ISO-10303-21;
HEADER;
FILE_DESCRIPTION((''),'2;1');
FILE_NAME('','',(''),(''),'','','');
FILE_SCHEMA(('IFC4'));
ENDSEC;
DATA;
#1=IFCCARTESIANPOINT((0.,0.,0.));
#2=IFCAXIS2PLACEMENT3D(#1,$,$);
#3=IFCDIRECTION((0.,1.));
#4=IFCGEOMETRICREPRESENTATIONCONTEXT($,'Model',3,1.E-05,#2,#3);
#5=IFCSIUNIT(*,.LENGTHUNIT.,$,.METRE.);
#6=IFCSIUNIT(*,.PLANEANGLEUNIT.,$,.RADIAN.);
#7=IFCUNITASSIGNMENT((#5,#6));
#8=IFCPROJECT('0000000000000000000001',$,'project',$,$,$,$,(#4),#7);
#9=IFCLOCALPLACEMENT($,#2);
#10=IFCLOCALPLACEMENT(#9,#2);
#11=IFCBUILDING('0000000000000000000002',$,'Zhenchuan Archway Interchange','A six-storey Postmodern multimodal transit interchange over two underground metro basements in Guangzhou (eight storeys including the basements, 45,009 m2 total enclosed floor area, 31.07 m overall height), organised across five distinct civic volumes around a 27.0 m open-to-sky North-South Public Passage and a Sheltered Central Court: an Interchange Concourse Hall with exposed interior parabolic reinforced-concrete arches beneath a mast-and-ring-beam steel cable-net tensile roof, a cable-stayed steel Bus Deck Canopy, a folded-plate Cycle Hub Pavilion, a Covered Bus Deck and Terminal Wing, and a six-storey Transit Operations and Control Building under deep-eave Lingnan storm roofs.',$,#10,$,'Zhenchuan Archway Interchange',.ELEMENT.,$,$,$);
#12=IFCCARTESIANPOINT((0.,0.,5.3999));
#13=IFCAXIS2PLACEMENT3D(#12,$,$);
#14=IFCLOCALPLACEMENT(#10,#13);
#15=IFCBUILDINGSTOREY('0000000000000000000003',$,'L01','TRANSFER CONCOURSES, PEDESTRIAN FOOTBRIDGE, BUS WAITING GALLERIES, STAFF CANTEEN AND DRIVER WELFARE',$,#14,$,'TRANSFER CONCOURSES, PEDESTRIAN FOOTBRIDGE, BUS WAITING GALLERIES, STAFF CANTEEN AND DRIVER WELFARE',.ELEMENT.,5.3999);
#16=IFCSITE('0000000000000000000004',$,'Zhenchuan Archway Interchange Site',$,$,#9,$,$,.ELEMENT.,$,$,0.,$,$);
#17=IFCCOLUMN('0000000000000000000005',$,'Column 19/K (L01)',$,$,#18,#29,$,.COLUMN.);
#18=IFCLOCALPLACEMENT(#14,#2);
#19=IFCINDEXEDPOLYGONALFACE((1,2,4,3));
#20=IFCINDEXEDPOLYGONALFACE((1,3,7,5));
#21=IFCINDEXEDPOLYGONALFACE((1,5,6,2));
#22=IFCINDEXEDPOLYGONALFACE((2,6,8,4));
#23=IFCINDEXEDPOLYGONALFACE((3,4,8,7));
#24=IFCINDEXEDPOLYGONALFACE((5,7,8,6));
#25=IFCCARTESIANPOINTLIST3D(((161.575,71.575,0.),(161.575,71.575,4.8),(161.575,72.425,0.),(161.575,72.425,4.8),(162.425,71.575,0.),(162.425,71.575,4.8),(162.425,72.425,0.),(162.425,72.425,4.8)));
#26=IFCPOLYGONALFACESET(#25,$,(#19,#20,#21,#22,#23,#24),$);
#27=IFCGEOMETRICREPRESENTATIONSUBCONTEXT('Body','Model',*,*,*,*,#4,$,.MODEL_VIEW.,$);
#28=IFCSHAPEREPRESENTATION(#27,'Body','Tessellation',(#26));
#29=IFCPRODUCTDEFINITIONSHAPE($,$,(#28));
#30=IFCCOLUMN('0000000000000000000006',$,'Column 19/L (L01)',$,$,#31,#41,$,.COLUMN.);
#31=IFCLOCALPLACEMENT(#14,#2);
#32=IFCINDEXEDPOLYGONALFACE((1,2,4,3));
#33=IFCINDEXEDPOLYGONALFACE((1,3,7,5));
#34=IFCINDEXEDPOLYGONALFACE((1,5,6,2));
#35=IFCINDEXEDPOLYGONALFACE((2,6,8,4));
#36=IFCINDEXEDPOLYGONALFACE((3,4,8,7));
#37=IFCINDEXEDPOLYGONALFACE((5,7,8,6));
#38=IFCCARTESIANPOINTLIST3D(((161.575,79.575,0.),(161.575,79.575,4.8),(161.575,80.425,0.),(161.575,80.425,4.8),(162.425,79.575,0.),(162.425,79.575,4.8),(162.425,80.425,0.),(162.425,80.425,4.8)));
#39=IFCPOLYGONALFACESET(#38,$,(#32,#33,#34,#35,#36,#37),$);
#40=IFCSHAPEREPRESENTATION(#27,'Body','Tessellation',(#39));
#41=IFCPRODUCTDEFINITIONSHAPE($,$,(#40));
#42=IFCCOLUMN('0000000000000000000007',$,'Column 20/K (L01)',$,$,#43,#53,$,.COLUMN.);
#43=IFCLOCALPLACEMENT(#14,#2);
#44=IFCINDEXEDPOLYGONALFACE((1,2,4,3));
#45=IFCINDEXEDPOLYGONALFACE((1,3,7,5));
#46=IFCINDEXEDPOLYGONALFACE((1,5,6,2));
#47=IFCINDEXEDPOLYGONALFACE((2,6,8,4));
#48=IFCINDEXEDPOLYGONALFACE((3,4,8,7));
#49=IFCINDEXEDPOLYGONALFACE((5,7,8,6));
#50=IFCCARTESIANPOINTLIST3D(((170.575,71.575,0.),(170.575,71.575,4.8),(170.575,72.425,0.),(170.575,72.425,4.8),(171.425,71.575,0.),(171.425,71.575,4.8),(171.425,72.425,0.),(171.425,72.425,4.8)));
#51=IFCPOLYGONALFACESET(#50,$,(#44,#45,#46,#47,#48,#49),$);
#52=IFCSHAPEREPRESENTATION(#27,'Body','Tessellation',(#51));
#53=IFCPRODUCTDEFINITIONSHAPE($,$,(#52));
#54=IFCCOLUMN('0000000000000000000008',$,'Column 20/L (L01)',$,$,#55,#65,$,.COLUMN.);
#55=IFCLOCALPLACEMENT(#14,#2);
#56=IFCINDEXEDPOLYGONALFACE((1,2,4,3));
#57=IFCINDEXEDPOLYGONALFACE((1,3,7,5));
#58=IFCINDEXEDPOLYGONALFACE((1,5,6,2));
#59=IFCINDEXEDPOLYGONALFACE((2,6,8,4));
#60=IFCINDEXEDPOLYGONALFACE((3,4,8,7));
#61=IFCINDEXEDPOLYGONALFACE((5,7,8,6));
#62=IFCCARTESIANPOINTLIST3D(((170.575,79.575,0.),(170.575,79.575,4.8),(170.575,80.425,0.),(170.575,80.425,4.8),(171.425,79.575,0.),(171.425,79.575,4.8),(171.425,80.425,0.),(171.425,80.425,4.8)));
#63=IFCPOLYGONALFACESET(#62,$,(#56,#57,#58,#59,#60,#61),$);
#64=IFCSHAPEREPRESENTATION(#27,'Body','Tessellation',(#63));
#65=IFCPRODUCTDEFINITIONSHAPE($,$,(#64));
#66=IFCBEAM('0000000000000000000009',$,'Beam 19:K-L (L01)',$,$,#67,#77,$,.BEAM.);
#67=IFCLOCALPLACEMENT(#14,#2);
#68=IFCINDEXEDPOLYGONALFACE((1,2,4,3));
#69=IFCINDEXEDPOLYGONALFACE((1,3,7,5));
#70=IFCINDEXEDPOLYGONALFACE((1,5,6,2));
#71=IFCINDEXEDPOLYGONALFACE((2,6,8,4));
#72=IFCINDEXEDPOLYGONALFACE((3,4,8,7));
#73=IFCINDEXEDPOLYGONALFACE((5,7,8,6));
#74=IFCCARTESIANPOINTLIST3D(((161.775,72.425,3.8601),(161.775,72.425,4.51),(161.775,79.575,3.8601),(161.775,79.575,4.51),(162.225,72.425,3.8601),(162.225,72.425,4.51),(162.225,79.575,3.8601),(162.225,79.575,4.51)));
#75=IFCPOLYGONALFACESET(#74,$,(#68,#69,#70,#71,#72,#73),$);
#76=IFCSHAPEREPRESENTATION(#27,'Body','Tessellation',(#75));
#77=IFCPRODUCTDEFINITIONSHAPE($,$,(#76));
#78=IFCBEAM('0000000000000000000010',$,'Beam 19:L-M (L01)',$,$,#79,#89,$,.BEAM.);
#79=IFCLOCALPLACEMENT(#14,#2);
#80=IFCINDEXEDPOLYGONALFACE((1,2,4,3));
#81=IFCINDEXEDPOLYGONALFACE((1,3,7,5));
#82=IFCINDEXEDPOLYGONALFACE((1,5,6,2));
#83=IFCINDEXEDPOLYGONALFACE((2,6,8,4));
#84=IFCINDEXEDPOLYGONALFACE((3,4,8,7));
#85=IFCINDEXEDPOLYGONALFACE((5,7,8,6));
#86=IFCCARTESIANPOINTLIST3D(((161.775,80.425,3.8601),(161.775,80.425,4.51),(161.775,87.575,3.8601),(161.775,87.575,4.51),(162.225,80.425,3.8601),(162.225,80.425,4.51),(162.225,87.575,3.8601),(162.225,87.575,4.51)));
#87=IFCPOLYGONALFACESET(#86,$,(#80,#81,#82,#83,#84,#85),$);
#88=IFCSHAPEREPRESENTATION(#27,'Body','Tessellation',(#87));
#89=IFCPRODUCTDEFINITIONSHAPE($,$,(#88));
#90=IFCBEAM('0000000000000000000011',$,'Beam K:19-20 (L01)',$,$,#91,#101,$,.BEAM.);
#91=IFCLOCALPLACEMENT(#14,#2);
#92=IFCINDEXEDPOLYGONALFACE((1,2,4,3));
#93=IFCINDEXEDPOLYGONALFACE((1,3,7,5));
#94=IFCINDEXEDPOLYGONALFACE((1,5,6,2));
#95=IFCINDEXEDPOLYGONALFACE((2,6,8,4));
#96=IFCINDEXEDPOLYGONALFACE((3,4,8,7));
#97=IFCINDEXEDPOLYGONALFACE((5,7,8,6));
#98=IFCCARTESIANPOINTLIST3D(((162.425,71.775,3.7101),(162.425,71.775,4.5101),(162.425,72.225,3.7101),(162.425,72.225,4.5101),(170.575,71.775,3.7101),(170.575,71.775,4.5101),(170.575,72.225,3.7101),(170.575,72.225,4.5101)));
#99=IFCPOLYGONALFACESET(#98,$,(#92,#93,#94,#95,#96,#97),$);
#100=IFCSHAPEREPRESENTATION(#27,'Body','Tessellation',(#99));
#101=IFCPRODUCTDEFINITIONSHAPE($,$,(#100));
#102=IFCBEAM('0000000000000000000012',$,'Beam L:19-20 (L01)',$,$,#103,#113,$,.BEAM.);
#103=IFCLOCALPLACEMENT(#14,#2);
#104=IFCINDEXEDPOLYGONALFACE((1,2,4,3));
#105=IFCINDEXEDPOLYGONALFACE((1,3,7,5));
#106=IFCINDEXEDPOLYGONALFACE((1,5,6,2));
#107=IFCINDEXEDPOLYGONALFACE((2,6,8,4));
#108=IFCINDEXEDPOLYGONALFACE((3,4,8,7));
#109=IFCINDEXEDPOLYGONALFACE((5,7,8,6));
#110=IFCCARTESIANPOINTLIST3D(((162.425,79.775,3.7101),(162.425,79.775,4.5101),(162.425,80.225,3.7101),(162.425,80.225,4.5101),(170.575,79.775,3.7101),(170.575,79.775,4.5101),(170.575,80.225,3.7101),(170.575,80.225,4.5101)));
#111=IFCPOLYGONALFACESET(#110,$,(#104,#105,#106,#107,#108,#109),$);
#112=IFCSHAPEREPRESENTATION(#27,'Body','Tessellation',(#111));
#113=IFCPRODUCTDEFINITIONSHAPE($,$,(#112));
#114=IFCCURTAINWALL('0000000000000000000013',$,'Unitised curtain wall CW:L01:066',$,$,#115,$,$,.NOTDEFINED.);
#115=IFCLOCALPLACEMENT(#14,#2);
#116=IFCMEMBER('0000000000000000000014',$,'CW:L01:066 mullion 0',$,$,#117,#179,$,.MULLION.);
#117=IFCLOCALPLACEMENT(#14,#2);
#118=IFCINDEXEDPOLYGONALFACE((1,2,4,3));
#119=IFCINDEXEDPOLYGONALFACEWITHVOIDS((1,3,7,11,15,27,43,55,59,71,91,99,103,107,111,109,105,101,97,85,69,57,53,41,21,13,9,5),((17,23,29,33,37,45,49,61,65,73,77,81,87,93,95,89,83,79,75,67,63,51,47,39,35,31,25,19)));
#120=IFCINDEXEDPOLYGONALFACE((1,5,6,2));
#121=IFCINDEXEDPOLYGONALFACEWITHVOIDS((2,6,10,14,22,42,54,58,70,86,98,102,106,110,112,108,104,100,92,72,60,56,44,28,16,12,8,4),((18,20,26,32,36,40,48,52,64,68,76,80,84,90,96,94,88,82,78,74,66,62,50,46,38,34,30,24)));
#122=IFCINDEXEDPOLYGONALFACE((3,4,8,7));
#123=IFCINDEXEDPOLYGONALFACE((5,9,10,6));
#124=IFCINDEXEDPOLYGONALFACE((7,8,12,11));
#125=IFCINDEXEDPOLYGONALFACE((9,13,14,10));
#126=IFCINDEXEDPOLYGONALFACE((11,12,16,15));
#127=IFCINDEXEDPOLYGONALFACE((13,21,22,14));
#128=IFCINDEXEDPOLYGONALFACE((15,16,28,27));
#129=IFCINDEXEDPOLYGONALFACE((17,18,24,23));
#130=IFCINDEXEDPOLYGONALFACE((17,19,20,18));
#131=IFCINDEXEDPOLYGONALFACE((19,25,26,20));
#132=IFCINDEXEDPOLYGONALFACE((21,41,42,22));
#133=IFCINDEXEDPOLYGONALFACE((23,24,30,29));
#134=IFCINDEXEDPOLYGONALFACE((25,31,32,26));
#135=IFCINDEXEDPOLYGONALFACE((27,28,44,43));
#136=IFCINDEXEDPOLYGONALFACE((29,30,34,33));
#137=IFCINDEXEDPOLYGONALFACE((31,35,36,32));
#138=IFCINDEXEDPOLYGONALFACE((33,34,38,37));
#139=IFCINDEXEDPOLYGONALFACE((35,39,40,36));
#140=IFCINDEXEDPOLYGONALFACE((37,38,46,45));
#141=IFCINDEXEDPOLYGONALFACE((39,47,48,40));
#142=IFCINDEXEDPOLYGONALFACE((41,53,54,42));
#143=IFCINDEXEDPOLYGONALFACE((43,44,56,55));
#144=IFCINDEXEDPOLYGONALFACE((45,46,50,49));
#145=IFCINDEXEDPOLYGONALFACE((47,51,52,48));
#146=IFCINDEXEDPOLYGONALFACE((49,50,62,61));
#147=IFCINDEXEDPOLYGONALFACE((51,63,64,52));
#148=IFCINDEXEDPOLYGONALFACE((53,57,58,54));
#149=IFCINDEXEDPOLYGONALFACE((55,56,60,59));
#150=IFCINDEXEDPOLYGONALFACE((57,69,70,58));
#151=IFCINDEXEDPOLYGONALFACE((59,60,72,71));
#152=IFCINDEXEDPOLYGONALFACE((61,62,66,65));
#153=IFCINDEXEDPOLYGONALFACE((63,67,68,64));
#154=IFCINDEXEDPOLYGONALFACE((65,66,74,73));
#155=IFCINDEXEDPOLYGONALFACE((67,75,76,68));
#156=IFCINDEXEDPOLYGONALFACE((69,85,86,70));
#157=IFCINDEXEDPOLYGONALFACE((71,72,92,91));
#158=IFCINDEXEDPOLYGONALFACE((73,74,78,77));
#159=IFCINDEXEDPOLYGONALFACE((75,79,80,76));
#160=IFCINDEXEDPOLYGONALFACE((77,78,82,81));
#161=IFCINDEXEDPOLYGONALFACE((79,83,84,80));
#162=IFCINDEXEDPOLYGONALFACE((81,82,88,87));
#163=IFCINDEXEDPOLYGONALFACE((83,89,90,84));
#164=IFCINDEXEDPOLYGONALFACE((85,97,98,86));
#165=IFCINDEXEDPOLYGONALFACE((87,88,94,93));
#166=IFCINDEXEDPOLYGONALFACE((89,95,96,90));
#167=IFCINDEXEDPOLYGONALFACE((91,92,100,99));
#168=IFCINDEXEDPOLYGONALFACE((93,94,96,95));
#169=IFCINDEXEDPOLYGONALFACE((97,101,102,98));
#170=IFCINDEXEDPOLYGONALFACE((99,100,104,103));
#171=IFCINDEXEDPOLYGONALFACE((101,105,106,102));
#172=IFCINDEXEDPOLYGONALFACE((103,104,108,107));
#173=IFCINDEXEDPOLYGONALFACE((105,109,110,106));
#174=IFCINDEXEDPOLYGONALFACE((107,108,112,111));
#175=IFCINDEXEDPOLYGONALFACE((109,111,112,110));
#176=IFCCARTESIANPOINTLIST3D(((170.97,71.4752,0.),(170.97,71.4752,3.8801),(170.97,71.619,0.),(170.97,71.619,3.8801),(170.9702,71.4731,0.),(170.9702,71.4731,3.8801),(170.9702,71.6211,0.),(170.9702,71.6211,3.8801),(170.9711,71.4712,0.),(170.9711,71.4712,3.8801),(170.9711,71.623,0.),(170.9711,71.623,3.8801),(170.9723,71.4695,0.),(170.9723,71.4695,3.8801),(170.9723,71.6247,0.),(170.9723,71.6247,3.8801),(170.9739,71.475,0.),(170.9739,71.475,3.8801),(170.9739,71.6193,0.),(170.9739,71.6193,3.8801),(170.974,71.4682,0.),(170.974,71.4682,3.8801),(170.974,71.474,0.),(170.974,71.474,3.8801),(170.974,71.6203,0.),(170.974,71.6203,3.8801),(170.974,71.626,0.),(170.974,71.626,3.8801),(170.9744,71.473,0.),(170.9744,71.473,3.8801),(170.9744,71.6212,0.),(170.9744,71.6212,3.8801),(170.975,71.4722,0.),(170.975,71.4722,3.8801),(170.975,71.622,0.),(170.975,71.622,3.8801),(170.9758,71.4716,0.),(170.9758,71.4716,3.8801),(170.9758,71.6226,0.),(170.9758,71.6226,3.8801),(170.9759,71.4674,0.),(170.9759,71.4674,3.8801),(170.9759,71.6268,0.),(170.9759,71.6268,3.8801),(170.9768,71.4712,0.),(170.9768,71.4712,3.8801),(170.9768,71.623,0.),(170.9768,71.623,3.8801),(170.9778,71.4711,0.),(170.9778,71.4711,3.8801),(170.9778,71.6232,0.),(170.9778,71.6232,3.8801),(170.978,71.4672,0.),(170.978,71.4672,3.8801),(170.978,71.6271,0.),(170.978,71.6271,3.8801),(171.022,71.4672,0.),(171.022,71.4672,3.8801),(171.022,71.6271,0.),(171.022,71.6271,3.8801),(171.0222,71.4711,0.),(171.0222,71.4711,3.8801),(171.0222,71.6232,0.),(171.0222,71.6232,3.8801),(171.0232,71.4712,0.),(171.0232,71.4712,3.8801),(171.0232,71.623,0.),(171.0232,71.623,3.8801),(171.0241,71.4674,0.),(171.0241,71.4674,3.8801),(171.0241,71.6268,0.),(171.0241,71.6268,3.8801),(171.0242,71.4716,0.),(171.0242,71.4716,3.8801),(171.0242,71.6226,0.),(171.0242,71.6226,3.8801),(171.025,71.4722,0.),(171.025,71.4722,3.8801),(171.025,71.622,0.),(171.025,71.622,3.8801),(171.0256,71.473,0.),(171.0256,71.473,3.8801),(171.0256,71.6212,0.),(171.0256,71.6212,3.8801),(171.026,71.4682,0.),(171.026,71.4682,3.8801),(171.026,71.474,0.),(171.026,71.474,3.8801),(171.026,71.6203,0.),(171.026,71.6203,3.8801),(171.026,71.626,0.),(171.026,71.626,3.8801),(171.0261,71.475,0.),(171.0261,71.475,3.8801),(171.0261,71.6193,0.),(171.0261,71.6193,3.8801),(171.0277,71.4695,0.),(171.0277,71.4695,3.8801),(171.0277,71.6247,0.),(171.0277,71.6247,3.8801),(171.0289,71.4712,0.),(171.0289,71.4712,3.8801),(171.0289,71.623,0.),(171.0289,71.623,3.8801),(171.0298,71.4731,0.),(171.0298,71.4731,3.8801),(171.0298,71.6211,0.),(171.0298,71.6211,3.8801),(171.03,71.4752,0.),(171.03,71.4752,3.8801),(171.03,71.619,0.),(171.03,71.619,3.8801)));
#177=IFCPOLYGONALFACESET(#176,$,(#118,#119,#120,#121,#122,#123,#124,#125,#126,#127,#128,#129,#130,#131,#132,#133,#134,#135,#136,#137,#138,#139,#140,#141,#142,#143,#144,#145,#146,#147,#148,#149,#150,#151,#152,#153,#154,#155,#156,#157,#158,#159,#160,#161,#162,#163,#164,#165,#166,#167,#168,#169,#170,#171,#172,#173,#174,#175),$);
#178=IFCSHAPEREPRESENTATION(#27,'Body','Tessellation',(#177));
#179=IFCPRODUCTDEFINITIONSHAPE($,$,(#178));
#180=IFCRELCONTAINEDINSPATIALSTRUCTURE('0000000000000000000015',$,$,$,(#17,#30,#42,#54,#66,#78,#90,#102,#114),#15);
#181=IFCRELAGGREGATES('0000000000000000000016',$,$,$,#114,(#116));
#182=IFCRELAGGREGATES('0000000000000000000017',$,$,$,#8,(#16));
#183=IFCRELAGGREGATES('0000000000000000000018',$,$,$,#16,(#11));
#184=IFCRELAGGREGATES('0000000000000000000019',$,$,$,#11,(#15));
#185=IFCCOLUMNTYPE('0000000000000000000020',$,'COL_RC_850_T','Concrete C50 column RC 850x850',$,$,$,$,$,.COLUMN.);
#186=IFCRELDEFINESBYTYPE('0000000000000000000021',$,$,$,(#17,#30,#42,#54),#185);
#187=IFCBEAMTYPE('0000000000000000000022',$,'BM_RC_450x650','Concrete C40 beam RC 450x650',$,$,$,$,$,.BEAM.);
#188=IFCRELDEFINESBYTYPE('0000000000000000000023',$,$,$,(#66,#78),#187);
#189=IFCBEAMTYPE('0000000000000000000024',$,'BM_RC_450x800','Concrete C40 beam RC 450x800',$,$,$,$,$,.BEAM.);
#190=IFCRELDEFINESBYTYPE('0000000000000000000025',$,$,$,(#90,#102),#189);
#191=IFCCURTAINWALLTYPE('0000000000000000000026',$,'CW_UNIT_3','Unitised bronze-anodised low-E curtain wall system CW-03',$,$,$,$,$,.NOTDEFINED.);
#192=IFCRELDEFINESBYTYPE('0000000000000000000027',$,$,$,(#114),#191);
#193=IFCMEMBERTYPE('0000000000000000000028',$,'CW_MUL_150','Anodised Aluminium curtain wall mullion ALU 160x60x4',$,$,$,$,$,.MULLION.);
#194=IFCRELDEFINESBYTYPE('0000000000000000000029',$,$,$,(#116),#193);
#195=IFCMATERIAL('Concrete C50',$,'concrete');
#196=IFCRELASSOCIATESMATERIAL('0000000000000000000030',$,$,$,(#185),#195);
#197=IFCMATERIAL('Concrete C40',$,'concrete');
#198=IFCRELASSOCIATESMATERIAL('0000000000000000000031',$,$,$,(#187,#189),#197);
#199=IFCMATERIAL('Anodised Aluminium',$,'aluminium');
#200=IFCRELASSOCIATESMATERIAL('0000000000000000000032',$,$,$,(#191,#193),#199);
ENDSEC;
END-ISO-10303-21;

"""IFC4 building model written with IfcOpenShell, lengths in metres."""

from ifc_helpers import new_model, si_unit, direction, frame, origin, origin_2d, place, context, subcontext, project, spatial, rectangle, hollow_rectangle, extrude, material, material_profile, profile_set, type_object, element, aggregate, save


model = new_model("IFC4")

# Units and contexts
model_context = context("Model", 3, precision=1e-05, world=origin(), true_north=direction((0.0, 1.0)))
body_context = subcontext(model_context, "Body", "Model", "MODEL_VIEW")
ifc_project = project(units=[si_unit("LENGTHUNIT", "METRE"), si_unit("PLANEANGLEUNIT", "RADIAN")], contexts=[model_context])

# Site, building, storey
site_placement = place(None, origin())
site = spatial("IfcSite", under=ifc_project, at=site_placement, Name="Zhenchuan Archway Interchange Site", CompositionType="ELEMENT", RefElevation=0.0)
building_placement = place(site_placement, origin())
building = spatial("IfcBuilding", under=site, at=building_placement, Name="Zhenchuan Archway Interchange", Description="A six-storey Postmodern multimodal transit interchange over two underground metro basements in Guangzhou (eight storeys including the basements, 45,009 m2 total enclosed floor area, 31.07 m overall height), organised across five distinct civic volumes around a 27.0 m open-to-sky North-South Public Passage and a Sheltered Central Court: an Interchange Concourse Hall with exposed interior parabolic reinforced-concrete arches beneath a mast-and-ring-beam steel cable-net tensile roof, a cable-stayed steel Bus Deck Canopy, a folded-plate Cycle Hub Pavilion, a Covered Bus Deck and Terminal Wing, and a six-storey Transit Operations and Control Building under deep-eave Lingnan storm roofs.", LongName="Zhenchuan Archway Interchange", CompositionType="ELEMENT")
storey_placement = place(building_placement, frame((0.0, 0.0, 5.3999)))
storey = spatial("IfcBuildingStorey", under=building, at=storey_placement, Name="L01", Description="TRANSFER CONCOURSES, PEDESTRIAN FOOTBRIDGE, BUS WAITING GALLERIES, STAFF CANTEEN AND DRIVER WELFARE", LongName="TRANSFER CONCOURSES, PEDESTRIAN FOOTBRIDGE, BUS WAITING GALLERIES, STAFF CANTEEN AND DRIVER WELFARE", CompositionType="ELEMENT", Elevation=5.3999)

# Columns
ifc_material_1 = material(Name="Concrete C50", Category="concrete")
ifc_material_profile_1 = material_profile(ifc_material_1, rectangle(XDim=0.8501, YDim=0.8501, at=origin_2d()), Name="RC 850x850")
ifc_profile_set_1 = profile_set([ifc_material_profile_1], Name="Concrete C50")
column_type = type_object("IfcColumnType", Name="COL_RC_850_T", Description="Concrete C50 column RC 850x850", PredefinedType="COLUMN", material=ifc_profile_set_1)
for number, where, z_axis, x_axis, name in (
    (1, (162.0, 72.0, 0.0), (0.0, 0.0, 1.0), (1.0, 0.0, 0.0), "Column 19/K (L01)"),
    (2, (162.0, 80.0, 0.0), (0.0, 0.0, 1.0), (1.0, 0.0, 0.0), "Column 19/L (L01)"),
    (3, (171.0, 72.0, 0.0), (0.0, 0.0, 1.0), (1.0, 0.0, 0.0), "Column 20/K (L01)"),
    (4, (171.0, 80.0, 0.0), (0.0, 0.0, 1.0), (1.0, 0.0, 0.0), "Column 20/L (L01)"),
):
    element("IfcColumn", number, at=place(storey_placement, frame(where, z_axis=z_axis, x_axis=x_axis)), inside=storey, type_object=column_type, Name=name, PredefinedType="COLUMN", context=body_context, shape_type="SweptSolid", body=[
        extrude(rectangle(XDim=0.8501, YDim=0.8501, at=origin_2d()), origin(), (0.0, 0.0, 1.0), 4.8),
    ])

# Beams
ifc_material_2 = material(Name="Concrete C40", Category="concrete")
ifc_material_profile_2 = material_profile(ifc_material_2, rectangle(XDim=0.45, YDim=0.6499, at=origin_2d()), Name="RC 450x650")
ifc_profile_set_2 = profile_set([ifc_material_profile_2], Name="Concrete C40")
beam_type_1 = type_object("IfcBeamType", Name="BM_RC_450x650", Description="Concrete C40 beam RC 450x650", PredefinedType="BEAM", material=ifc_profile_set_2)
for number, where, z_axis, x_axis, name in (
    (5, (162.0, 72.425, 4.1851), (0.0, 1.0, 0.0), (-1.0, 0.0, 0.0), "Beam 19:K-L (L01)"),
    (6, (162.0, 80.425, 4.1851), (0.0, 1.0, 0.0), (-1.0, 0.0, 0.0), "Beam 19:L-M (L01)"),
):
    element("IfcBeam", number, at=place(storey_placement, frame(where, z_axis=z_axis, x_axis=x_axis)), inside=storey, type_object=beam_type_1, Name=name, PredefinedType="BEAM", context=body_context, shape_type="SweptSolid", body=[
        extrude(rectangle(XDim=0.45, YDim=0.6499, at=origin_2d()), origin(), (0.0, 0.0, 1.0), 7.1499),
    ])
ifc_material_profile_3 = material_profile(ifc_material_2, rectangle(XDim=0.45, YDim=0.8, at=origin_2d()), Name="RC 450x800")
ifc_profile_set_3 = profile_set([ifc_material_profile_3], Name="Concrete C40")
beam_type_2 = type_object("IfcBeamType", Name="BM_RC_450x800", Description="Concrete C40 beam RC 450x800", PredefinedType="BEAM", material=ifc_profile_set_3)
for number, where, z_axis, x_axis, name in (
    (7, (162.425, 72.0, 4.1101), (1.0, 0.0, 0.0), (0.0, 1.0, 0.0), "Beam K:19-20 (L01)"),
    (8, (162.425, 80.0, 4.1101), (1.0, 0.0, 0.0), (0.0, 1.0, 0.0), "Beam L:19-20 (L01)"),
):
    element("IfcBeam", number, at=place(storey_placement, frame(where, z_axis=z_axis, x_axis=x_axis)), inside=storey, type_object=beam_type_2, Name=name, PredefinedType="BEAM", context=body_context, shape_type="SweptSolid", body=[
        extrude(rectangle(XDim=0.45, YDim=0.8, at=origin_2d()), origin(), (0.0, 0.0, 1.0), 8.1499),
    ])

# Curtain wall, member
ifc_material_3 = material(Name="Anodised Aluminium", Category="aluminium")
curtain_wall_type = type_object("IfcCurtainWallType", Name="CW_UNIT_3", Description="Unitised bronze-anodised low-E curtain wall system CW-03", PredefinedType="NOTDEFINED", material=ifc_material_3)
curtain_wall_placement = place(storey_placement, origin())
curtain_wall = element("IfcCurtainWall", 9, at=curtain_wall_placement, inside=storey, type_object=curtain_wall_type, Name="Unitised curtain wall CW:L01:066", PredefinedType="NOTDEFINED")
ifc_material_profile_4 = material_profile(ifc_material_3, hollow_rectangle(XDim=0.0601, YDim=0.1599, WallThickness=0.0039, InnerFilletRadius=0.0039, OuterFilletRadius=0.0081, at=origin_2d()), Name="ALU 160x60x4")
ifc_profile_set_4 = profile_set([ifc_material_profile_4], Name="Anodised Aluminium")
member_type_1 = type_object("IfcMemberType", Name="CW_MUL_150", Description="Anodised Aluminium curtain wall mullion ALU 160x60x4", PredefinedType="MULLION", material=ifc_profile_set_4)
member_1_placement = place(storey_placement, frame((171.0, 71.5471, 0.0), z_axis=(0.0, 0.0, 1.0), x_axis=(1.0, 0.0, 0.0)))
member_1 = element("IfcMember", 10, at=member_1_placement, type_object=member_type_1, Name="CW:L01:066 mullion 0", PredefinedType="MULLION", context=body_context, shape_type="SweptSolid", body=[
    extrude(hollow_rectangle(XDim=0.0601, YDim=0.1599, WallThickness=0.0039, InnerFilletRadius=0.0039, OuterFilletRadius=0.0081, at=origin_2d()), origin(), (0.0, 0.0, 1.0), 3.8801),
])

aggregate(curtain_wall, [member_1])

save(model, "model.ifc")
